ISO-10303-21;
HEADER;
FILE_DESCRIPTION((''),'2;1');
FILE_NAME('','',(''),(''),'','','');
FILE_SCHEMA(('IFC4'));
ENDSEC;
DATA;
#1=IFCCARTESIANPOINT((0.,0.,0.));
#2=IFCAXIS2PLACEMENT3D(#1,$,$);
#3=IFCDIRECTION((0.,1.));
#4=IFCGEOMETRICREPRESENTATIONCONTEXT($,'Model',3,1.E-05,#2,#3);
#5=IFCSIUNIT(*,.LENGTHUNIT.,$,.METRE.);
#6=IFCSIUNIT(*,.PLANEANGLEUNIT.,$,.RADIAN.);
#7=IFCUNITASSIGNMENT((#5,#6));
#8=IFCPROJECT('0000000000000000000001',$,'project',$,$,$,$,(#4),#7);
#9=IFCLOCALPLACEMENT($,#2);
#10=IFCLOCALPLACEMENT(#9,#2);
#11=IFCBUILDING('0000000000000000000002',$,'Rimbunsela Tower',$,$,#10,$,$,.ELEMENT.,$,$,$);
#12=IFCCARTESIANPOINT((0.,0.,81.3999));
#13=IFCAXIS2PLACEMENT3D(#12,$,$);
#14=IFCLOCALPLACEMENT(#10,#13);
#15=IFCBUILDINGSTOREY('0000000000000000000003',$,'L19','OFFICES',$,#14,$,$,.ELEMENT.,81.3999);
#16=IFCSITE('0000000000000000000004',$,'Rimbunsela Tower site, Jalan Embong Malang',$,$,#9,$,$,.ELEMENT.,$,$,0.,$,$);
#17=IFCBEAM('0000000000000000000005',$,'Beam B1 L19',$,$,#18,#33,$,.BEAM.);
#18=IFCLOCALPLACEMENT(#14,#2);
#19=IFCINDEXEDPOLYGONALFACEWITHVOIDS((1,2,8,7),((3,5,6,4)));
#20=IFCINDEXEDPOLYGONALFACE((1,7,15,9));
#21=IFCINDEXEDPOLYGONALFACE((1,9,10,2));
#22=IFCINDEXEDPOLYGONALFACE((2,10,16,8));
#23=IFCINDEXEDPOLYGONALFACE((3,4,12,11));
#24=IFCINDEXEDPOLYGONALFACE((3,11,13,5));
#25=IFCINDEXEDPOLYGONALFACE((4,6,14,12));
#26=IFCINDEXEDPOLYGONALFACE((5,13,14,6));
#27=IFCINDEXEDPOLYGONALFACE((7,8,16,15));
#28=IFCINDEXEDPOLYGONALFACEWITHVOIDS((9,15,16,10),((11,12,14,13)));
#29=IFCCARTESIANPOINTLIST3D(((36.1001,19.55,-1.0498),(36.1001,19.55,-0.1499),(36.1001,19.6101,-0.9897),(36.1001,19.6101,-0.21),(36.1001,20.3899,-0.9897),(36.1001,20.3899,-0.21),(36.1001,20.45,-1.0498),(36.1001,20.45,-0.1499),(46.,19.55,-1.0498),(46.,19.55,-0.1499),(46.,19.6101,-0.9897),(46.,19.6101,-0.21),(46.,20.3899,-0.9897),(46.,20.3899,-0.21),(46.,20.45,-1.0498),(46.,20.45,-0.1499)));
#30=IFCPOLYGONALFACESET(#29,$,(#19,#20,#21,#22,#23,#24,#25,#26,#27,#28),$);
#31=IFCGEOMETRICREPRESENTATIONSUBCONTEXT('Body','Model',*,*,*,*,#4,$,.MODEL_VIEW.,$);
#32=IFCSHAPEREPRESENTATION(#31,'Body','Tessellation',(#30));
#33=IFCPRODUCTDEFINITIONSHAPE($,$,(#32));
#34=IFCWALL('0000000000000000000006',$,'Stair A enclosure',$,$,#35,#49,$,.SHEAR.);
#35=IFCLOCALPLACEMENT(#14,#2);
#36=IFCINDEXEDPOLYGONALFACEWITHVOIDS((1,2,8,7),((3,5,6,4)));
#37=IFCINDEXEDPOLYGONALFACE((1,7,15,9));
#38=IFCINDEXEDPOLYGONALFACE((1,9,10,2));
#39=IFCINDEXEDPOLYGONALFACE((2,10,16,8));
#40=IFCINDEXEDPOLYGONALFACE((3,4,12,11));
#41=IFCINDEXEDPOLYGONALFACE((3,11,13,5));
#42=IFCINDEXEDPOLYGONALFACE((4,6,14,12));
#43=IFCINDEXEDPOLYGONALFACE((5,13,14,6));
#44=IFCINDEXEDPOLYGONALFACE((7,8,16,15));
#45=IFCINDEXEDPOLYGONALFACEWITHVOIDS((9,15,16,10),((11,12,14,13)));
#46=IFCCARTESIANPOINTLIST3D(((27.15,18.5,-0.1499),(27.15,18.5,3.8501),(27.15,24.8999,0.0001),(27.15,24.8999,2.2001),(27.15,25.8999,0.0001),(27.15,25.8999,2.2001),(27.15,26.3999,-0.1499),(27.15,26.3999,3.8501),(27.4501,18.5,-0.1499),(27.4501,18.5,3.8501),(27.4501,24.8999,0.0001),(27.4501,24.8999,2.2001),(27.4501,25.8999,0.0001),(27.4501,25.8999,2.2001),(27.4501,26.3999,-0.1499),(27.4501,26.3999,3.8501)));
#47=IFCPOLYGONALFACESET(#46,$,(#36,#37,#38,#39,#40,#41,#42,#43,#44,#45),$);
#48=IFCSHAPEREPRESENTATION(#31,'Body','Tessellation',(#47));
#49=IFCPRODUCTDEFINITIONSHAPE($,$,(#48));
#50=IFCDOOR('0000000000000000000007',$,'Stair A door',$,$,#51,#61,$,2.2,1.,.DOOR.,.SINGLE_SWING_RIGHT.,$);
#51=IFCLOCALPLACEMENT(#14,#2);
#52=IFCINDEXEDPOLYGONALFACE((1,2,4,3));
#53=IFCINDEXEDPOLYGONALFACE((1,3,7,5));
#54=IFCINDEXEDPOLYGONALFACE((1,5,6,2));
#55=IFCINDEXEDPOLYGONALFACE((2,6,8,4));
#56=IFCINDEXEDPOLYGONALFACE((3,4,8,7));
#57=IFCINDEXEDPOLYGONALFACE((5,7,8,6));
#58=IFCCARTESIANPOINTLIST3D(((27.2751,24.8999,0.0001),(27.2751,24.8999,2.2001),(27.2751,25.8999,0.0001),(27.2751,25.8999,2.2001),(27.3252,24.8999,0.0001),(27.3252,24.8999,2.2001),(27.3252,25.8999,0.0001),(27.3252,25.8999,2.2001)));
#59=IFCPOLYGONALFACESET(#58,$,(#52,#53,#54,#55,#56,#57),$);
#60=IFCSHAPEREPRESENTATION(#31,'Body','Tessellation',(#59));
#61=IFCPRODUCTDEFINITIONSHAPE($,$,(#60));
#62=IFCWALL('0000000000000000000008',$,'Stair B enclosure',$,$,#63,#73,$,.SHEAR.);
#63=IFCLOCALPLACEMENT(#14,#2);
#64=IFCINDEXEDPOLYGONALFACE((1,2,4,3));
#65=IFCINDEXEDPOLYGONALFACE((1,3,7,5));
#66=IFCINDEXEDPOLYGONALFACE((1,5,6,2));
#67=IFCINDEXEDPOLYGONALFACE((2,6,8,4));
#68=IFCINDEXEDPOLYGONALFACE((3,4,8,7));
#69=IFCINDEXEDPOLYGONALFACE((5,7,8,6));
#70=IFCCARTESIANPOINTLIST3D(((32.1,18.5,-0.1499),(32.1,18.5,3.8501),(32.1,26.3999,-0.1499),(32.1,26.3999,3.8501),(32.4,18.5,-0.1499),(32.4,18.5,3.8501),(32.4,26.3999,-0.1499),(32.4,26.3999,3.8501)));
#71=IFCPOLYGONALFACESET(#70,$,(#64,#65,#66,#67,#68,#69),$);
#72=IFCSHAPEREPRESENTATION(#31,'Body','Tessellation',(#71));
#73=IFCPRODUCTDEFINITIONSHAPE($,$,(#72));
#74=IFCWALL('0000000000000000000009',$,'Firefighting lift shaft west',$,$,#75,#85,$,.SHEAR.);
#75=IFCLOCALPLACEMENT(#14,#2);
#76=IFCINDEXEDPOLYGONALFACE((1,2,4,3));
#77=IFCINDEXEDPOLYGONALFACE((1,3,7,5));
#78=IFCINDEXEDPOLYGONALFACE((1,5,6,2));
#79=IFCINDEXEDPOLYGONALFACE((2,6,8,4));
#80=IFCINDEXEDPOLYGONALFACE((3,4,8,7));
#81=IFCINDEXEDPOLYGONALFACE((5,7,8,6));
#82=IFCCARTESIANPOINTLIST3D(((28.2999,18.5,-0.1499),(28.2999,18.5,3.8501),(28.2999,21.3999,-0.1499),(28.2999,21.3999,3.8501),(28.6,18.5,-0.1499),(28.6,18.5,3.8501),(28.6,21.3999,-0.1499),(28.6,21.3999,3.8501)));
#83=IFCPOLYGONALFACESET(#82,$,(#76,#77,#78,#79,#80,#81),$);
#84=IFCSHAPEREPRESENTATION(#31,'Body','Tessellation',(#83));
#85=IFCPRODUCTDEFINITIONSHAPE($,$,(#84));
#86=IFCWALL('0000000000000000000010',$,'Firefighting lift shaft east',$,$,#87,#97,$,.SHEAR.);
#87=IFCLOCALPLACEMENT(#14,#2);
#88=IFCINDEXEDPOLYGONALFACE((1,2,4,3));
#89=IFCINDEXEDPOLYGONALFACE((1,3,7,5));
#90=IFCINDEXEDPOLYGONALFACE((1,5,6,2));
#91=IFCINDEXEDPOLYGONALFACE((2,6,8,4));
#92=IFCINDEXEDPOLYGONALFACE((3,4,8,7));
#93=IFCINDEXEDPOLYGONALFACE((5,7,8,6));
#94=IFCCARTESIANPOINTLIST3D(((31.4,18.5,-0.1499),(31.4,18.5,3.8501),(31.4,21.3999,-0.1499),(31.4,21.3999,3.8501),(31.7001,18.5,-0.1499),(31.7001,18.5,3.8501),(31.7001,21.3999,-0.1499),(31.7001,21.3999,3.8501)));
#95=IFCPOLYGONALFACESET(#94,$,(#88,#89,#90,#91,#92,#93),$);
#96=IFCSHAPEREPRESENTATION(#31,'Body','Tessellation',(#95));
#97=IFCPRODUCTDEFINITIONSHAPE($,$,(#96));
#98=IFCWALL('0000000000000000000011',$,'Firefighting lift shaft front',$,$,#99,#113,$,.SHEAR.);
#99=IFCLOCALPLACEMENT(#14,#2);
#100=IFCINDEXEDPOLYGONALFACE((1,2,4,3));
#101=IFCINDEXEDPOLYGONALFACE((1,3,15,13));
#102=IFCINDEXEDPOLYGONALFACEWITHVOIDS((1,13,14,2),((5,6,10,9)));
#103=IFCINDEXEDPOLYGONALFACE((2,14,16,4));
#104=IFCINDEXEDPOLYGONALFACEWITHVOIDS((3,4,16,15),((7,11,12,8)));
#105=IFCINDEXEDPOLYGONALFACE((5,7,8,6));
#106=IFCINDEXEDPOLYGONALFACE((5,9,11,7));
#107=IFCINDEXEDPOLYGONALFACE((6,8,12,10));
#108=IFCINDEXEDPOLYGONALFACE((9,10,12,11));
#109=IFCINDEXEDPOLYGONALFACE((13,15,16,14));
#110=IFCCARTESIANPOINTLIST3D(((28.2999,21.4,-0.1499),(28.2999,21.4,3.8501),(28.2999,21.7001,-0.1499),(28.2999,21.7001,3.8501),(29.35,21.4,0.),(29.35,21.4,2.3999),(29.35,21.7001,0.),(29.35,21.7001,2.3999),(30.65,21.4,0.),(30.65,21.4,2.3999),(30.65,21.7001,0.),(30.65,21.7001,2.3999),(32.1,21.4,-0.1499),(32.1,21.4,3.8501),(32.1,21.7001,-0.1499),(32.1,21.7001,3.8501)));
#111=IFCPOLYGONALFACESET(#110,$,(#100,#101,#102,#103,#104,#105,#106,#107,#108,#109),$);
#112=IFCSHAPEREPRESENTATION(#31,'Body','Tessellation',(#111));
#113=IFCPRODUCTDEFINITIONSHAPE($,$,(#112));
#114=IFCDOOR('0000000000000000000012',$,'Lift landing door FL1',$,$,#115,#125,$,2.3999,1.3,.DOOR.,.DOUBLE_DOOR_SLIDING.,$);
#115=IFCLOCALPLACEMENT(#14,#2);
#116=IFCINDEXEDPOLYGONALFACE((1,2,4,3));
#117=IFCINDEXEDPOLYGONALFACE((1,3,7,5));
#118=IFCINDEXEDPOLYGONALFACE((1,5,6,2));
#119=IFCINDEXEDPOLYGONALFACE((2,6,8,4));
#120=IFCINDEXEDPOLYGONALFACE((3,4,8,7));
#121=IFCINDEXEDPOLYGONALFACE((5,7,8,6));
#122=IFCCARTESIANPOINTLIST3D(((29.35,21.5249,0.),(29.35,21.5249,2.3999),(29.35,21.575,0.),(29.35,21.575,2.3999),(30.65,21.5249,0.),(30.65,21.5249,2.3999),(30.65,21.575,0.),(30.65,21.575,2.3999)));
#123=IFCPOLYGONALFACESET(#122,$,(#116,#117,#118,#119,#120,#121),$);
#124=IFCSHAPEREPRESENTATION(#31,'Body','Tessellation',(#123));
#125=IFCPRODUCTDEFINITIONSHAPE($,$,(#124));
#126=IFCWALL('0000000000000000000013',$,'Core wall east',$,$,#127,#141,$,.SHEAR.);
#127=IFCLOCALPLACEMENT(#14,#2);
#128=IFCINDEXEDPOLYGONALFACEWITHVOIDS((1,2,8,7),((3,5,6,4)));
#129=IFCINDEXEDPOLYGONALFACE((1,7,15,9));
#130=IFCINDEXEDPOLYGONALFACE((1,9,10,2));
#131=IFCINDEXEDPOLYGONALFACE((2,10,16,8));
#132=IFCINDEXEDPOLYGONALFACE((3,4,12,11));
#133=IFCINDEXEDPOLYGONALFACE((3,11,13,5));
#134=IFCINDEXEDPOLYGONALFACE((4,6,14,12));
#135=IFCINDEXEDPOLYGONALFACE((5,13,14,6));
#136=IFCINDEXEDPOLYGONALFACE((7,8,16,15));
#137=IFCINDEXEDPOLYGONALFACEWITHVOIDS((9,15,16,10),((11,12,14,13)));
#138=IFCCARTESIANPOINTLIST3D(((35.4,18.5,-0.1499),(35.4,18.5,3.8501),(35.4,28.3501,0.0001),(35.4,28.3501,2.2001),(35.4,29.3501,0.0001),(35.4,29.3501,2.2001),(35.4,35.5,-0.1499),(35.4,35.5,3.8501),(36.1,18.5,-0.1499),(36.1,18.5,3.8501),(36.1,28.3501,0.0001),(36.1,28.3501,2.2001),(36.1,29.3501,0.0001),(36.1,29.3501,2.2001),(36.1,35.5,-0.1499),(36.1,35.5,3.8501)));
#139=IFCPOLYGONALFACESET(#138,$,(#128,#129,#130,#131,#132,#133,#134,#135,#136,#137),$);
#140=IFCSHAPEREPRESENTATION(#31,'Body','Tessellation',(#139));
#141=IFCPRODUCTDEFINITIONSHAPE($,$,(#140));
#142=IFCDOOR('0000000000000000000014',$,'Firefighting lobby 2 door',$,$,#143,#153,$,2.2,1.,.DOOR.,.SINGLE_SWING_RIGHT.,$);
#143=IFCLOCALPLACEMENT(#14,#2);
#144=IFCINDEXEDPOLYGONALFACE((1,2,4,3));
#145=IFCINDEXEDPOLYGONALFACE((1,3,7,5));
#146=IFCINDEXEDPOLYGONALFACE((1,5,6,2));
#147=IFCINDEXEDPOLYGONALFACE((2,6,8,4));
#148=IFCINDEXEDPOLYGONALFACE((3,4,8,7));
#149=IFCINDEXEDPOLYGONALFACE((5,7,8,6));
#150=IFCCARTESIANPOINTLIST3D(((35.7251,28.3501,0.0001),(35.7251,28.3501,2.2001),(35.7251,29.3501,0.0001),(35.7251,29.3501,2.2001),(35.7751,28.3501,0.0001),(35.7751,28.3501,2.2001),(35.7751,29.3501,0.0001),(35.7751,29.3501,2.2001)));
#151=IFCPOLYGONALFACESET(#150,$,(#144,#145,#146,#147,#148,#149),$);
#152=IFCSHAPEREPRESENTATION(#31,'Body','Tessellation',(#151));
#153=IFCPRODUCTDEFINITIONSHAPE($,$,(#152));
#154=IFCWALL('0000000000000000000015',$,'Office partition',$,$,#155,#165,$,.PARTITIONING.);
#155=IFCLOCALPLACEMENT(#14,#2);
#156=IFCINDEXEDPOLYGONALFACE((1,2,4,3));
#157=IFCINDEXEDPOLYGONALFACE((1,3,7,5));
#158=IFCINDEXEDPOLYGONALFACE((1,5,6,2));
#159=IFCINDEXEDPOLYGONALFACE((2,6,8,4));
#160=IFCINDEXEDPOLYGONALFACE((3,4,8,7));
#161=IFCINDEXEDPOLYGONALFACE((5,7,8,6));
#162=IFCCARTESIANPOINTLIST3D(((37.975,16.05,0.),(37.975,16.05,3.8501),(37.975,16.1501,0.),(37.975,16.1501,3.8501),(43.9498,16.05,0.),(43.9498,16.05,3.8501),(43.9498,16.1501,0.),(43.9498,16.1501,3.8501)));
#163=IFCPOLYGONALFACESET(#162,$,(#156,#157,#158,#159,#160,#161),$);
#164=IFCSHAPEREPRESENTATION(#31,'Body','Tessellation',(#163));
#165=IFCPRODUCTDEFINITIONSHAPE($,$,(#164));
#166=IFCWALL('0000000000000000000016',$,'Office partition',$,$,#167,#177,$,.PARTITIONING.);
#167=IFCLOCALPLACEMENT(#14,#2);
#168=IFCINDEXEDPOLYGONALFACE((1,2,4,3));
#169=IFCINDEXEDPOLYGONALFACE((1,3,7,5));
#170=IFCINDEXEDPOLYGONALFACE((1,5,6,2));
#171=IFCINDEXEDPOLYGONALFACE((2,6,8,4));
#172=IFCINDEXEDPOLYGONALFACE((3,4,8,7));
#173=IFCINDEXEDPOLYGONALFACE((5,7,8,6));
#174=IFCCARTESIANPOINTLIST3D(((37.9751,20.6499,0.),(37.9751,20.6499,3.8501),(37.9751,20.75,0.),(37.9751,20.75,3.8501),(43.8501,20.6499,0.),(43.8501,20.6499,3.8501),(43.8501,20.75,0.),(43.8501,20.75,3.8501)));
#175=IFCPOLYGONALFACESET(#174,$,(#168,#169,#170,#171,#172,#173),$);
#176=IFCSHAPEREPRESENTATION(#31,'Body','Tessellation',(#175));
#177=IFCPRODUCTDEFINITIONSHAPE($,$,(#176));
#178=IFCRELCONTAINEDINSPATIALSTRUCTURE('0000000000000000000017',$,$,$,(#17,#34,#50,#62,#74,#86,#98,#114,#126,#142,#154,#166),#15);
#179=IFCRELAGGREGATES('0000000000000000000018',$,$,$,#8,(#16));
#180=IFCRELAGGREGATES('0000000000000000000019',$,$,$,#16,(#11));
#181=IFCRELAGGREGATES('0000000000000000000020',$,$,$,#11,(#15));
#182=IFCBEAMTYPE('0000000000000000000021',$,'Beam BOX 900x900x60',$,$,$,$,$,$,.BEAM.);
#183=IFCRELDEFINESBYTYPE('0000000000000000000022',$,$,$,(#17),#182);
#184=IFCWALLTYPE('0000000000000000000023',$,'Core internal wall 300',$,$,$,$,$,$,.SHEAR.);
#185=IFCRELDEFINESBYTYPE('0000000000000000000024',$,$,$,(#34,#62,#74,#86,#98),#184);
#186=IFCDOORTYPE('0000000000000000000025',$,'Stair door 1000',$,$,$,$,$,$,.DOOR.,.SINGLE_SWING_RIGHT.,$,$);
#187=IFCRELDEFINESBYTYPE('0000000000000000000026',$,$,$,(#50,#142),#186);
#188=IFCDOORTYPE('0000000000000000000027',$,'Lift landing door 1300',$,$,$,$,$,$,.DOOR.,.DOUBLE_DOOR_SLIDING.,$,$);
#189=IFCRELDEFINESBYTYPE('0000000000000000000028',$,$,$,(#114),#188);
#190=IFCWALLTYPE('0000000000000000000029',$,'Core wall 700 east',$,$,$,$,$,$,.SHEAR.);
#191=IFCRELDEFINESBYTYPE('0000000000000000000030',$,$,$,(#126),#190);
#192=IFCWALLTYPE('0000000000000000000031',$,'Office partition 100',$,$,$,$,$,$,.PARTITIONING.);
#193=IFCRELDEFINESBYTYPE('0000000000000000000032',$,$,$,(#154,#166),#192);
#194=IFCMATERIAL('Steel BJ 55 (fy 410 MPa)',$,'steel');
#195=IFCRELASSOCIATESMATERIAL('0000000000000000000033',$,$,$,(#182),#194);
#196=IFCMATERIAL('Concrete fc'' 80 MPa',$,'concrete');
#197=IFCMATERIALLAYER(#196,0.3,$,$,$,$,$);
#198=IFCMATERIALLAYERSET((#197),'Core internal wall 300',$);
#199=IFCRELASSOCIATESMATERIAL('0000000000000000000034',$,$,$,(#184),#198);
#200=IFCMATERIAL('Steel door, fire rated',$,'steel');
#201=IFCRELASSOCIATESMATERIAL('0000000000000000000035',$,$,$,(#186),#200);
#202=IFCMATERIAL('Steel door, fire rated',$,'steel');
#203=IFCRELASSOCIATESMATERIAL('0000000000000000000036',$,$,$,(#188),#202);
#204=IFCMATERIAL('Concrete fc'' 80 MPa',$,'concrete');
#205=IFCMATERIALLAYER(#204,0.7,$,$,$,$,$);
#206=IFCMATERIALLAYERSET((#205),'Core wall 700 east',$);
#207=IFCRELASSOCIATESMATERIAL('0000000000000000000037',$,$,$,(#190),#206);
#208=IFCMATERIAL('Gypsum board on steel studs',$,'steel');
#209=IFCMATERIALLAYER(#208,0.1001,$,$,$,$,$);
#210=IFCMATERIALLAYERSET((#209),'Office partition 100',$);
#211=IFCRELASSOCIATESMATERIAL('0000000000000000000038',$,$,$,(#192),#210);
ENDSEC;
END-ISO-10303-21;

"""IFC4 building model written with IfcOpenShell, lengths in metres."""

from ifc_helpers import new_model, si_unit, direction, frame, frame_2d, origin, origin_2d, place, context, subcontext, project, spatial, rectangle, hollow_rectangle, extrude, material, layer, layer_set, material_profile, profile_set, type_object, element, fill, save


model = new_model("IFC4")

# Units and contexts
model_context = context("Model", 3, precision=1e-05, world=origin(), true_north=direction((0.0, 1.0)))
body_context = subcontext(model_context, "Body", "Model", "MODEL_VIEW")
ifc_project = project(units=[si_unit("LENGTHUNIT", "METRE"), si_unit("PLANEANGLEUNIT", "RADIAN")], contexts=[model_context])

# Site, building, storey
site_placement = place(None, origin())
site = spatial("IfcSite", under=ifc_project, at=site_placement, Name="Rimbunsela Tower site, Jalan Embong Malang", CompositionType="ELEMENT", RefElevation=0.0)
building_placement = place(site_placement, origin())
building = spatial("IfcBuilding", under=site, at=building_placement, Name="Rimbunsela Tower", CompositionType="ELEMENT")
storey_placement = place(building_placement, frame((0.0, 0.0, 81.3999)))
storey = spatial("IfcBuildingStorey", under=building, at=storey_placement, Name="L19", Description="OFFICES", CompositionType="ELEMENT", Elevation=81.3999)

# Beam
ifc_material_1 = material(Name="Steel BJ 55 (fy 410 MPa)", Category="steel")
ifc_material_profile = material_profile(ifc_material_1, hollow_rectangle(XDim=0.8999, YDim=0.8999, WallThickness=0.0601, at=origin_2d()), Name="BOX 900x900x60")
ifc_profile_set = profile_set([ifc_material_profile], Name="Steel BJ 55 (fy 410 MPa)")
beam_type = type_object("IfcBeamType", Name="Beam BOX 900x900x60", PredefinedType="BEAM", material=ifc_profile_set)
beam_placement = place(storey_placement, frame((36.1001, 20.0, -0.5999), z_axis=(1.0, 0.0, 0.0), x_axis=(0.0, 1.0, 0.0)))
element("IfcBeam", 1, at=beam_placement, inside=storey, type_object=beam_type, Name="Beam B1 L19", PredefinedType="BEAM", context=body_context, shape_type="SweptSolid", body=[
    extrude(hollow_rectangle(XDim=0.8999, YDim=0.8999, WallThickness=0.0601, at=origin_2d()), origin(), (0.0, 0.0, 1.0), 9.8999),
])

# Wall, opening, door
ifc_material_2 = material(Name="Concrete fc' 80 MPa", Category="concrete")
ifc_layer_1 = layer(ifc_material_2, 0.3)
ifc_layer_set_1 = layer_set([ifc_layer_1], Name="Core internal wall 300")
wall_type_1 = type_object("IfcWallType", Name="Core internal wall 300", PredefinedType="SHEAR", material=ifc_layer_set_1)
wall_1_placement = place(storey_placement, frame((27.3, 18.5, -0.1499), z_axis=(0.0, 0.0, 1.0), x_axis=(0.0, 1.0, 0.0)))
wall_1 = element("IfcWall", 2, at=wall_1_placement, inside=storey, type_object=wall_type_1, Name="Stair A enclosure", PredefinedType="SHEAR", context=body_context, shape_type="SweptSolid", body=[
    extrude(rectangle(XDim=7.8999, YDim=0.3, at=frame_2d((3.95, 0.0))), origin(), (0.0, 0.0, 1.0), 4.0),
])
opening_1_placement = place(wall_1_placement, frame((6.3999, 0.0, 0.1499)))
opening_1 = element("IfcOpeningElement", 3, at=opening_1_placement, cuts=wall_1, PredefinedType="OPENING", context=body_context, shape_type="SweptSolid", body=[
    extrude(rectangle(XDim=1.0, YDim=2.2, at=frame_2d((0.5, 1.1001))), frame((0.0, 0.1599, 0.0), z_axis=(0.0, -1.0, 0.0), x_axis=(1.0, 0.0, 0.0)), (0.0, 0.0, 1.0), 0.3201),
])
ifc_material_3 = material(Name="Steel door, fire rated", Category="steel")
door_type_1 = type_object("IfcDoorType", Name="Stair door 1000", OperationType="SINGLE_SWING_RIGHT", PredefinedType="DOOR", material=ifc_material_3)
door_1_placement = place(opening_1_placement, origin())
door_1 = element("IfcDoor", 4, at=door_1_placement, inside=storey, type_object=door_type_1, Name="Stair A door", OperationType="SINGLE_SWING_RIGHT", OverallHeight=2.2, OverallWidth=1.0, PredefinedType="DOOR", context=body_context, shape_type="SweptSolid", body=[
    extrude(rectangle(XDim=1.0, YDim=2.2, at=frame_2d((0.5, 1.1001))), frame((0.0, 0.0249, 0.0), z_axis=(0.0, -1.0, 0.0), x_axis=(1.0, 0.0, 0.0)), (0.0, 0.0, 1.0), 0.05),
])
fill(opening_1, door_1)

# Walls
wall_2_placement = place(storey_placement, frame((32.25, 18.5, -0.1499), z_axis=(0.0, 0.0, 1.0), x_axis=(0.0, 1.0, 0.0)))
element("IfcWall", 5, at=wall_2_placement, inside=storey, type_object=wall_type_1, Name="Stair B enclosure", PredefinedType="SHEAR", context=body_context, shape_type="SweptSolid", body=[
    extrude(rectangle(XDim=7.8999, YDim=0.3, at=frame_2d((3.95, 0.0))), origin(), (0.0, 0.0, 1.0), 4.0),
])
for number, where, z_axis, x_axis, name in (
    (6, (28.45, 18.5, -0.1499), (0.0, 0.0, 1.0), (0.0, 1.0, 0.0), "Firefighting lift shaft west"),
    (7, (31.55, 18.5, -0.1499), (0.0, 0.0, 1.0), (0.0, 1.0, 0.0), "Firefighting lift shaft east"),
):
    element("IfcWall", number, at=place(storey_placement, frame(where, z_axis=z_axis, x_axis=x_axis)), inside=storey, type_object=wall_type_1, Name=name, PredefinedType="SHEAR", context=body_context, shape_type="SweptSolid", body=[
        extrude(rectangle(XDim=2.8999, YDim=0.3, at=frame_2d((1.45, 0.0))), origin(), (0.0, 0.0, 1.0), 4.0),
    ])

# Walls, openings, doors
wall_3_placement = place(storey_placement, frame((28.3, 21.55, -0.1499), z_axis=(0.0, 0.0, 1.0), x_axis=(1.0, 0.0, 0.0)))
wall_3 = element("IfcWall", 8, at=wall_3_placement, inside=storey, type_object=wall_type_1, Name="Firefighting lift shaft front", PredefinedType="SHEAR", context=body_context, shape_type="SweptSolid", body=[
    extrude(rectangle(XDim=3.8, YDim=0.3, at=frame_2d((1.8999, 0.0))), origin(), (0.0, 0.0, 1.0), 4.0),
])
opening_2_placement = place(wall_3_placement, frame((1.05, 0.0, 0.1499)))
opening_2 = element("IfcOpeningElement", 9, at=opening_2_placement, cuts=wall_3, PredefinedType="OPENING", context=body_context, shape_type="SweptSolid", body=[
    extrude(rectangle(XDim=1.3, YDim=2.3999, at=frame_2d((0.6499, 1.2))), frame((0.0, 0.1599, 0.0), z_axis=(0.0, -1.0, 0.0), x_axis=(1.0, 0.0, 0.0)), (0.0, 0.0, 1.0), 0.3201),
])
ifc_material_4 = material(Name="Steel door, fire rated", Category="steel")
door_type_2 = type_object("IfcDoorType", Name="Lift landing door 1300", OperationType="DOUBLE_DOOR_SLIDING", PredefinedType="DOOR", material=ifc_material_4)
door_2_placement = place(opening_2_placement, origin())
door_2 = element("IfcDoor", 10, at=door_2_placement, inside=storey, type_object=door_type_2, Name="Lift landing door FL1", OperationType="DOUBLE_DOOR_SLIDING", OverallHeight=2.3999, OverallWidth=1.3, PredefinedType="DOOR", context=body_context, shape_type="SweptSolid", body=[
    extrude(rectangle(XDim=1.3, YDim=2.3999, at=frame_2d((0.6499, 1.2))), frame((0.0, 0.0249, 0.0), z_axis=(0.0, -1.0, 0.0), x_axis=(1.0, 0.0, 0.0)), (0.0, 0.0, 1.0), 0.05),
])
fill(opening_2, door_2)
ifc_material_5 = material(Name="Concrete fc' 80 MPa", Category="concrete")
ifc_layer_2 = layer(ifc_material_5, 0.7)
ifc_layer_set_2 = layer_set([ifc_layer_2], Name="Core wall 700 east")
wall_type_2 = type_object("IfcWallType", Name="Core wall 700 east", PredefinedType="SHEAR", material=ifc_layer_set_2)
wall_4_placement = place(storey_placement, frame((35.75, 18.5, -0.1499), z_axis=(0.0, 0.0, 1.0), x_axis=(0.0, 1.0, 0.0)))
wall_4 = element("IfcWall", 11, at=wall_4_placement, inside=storey, type_object=wall_type_2, Name="Core wall east", PredefinedType="SHEAR", context=body_context, shape_type="SweptSolid", body=[
    extrude(rectangle(XDim=17.0, YDim=0.7, at=frame_2d((8.5, 0.0))), origin(), (0.0, 0.0, 1.0), 4.0),
])
opening_3_placement = place(wall_4_placement, frame((9.8501, 0.0, 0.1499)))
opening_3 = element("IfcOpeningElement", 12, at=opening_3_placement, cuts=wall_4, PredefinedType="OPENING", context=body_context, shape_type="SweptSolid", body=[
    extrude(rectangle(XDim=1.0, YDim=2.2, at=frame_2d((0.5, 1.1001))), frame((0.0, 0.3599, 0.0), z_axis=(0.0, -1.0, 0.0), x_axis=(1.0, 0.0, 0.0)), (0.0, 0.0, 1.0), 0.72),
])
door_3_placement = place(opening_3_placement, origin())
door_3 = element("IfcDoor", 13, at=door_3_placement, inside=storey, type_object=door_type_1, Name="Firefighting lobby 2 door", OperationType="SINGLE_SWING_RIGHT", OverallHeight=2.2, OverallWidth=1.0, PredefinedType="DOOR", context=body_context, shape_type="SweptSolid", body=[
    extrude(rectangle(XDim=1.0, YDim=2.2, at=frame_2d((0.5, 1.1001))), frame((0.0, 0.0249, 0.0), z_axis=(0.0, -1.0, 0.0), x_axis=(1.0, 0.0, 0.0)), (0.0, 0.0, 1.0), 0.05),
])
fill(opening_3, door_3)

# Walls
ifc_material_6 = material(Name="Gypsum board on steel studs", Category="steel")
ifc_layer_3 = layer(ifc_material_6, 0.1001)
ifc_layer_set_3 = layer_set([ifc_layer_3], Name="Office partition 100")
wall_type_3 = type_object("IfcWallType", Name="Office partition 100", PredefinedType="PARTITIONING", material=ifc_layer_set_3)
wall_5_placement = place(storey_placement, frame((37.9751, 16.1001, 0.0), z_axis=(0.0, 0.0, 1.0), x_axis=(1.0, 0.0, 0.0)))
element("IfcWall", 14, at=wall_5_placement, inside=storey, type_object=wall_type_3, Name="Office partition", PredefinedType="PARTITIONING", context=body_context, shape_type="SweptSolid", body=[
    extrude(rectangle(XDim=5.9749, YDim=0.1001, at=frame_2d((2.9873, 0.0))), origin(), (0.0, 0.0, 1.0), 3.8501),
])
wall_6_placement = place(storey_placement, frame((37.9751, 20.7, 0.0), z_axis=(0.0, 0.0, 1.0), x_axis=(1.0, 0.0, 0.0)))
element("IfcWall", 15, at=wall_6_placement, inside=storey, type_object=wall_type_3, Name="Office partition", PredefinedType="PARTITIONING", context=body_context, shape_type="SweptSolid", body=[
    extrude(rectangle(XDim=5.875, YDim=0.1001, at=frame_2d((2.9375, 0.0))), origin(), (0.0, 0.0, 1.0), 3.8501),
])

save(model, "model.ifc")
